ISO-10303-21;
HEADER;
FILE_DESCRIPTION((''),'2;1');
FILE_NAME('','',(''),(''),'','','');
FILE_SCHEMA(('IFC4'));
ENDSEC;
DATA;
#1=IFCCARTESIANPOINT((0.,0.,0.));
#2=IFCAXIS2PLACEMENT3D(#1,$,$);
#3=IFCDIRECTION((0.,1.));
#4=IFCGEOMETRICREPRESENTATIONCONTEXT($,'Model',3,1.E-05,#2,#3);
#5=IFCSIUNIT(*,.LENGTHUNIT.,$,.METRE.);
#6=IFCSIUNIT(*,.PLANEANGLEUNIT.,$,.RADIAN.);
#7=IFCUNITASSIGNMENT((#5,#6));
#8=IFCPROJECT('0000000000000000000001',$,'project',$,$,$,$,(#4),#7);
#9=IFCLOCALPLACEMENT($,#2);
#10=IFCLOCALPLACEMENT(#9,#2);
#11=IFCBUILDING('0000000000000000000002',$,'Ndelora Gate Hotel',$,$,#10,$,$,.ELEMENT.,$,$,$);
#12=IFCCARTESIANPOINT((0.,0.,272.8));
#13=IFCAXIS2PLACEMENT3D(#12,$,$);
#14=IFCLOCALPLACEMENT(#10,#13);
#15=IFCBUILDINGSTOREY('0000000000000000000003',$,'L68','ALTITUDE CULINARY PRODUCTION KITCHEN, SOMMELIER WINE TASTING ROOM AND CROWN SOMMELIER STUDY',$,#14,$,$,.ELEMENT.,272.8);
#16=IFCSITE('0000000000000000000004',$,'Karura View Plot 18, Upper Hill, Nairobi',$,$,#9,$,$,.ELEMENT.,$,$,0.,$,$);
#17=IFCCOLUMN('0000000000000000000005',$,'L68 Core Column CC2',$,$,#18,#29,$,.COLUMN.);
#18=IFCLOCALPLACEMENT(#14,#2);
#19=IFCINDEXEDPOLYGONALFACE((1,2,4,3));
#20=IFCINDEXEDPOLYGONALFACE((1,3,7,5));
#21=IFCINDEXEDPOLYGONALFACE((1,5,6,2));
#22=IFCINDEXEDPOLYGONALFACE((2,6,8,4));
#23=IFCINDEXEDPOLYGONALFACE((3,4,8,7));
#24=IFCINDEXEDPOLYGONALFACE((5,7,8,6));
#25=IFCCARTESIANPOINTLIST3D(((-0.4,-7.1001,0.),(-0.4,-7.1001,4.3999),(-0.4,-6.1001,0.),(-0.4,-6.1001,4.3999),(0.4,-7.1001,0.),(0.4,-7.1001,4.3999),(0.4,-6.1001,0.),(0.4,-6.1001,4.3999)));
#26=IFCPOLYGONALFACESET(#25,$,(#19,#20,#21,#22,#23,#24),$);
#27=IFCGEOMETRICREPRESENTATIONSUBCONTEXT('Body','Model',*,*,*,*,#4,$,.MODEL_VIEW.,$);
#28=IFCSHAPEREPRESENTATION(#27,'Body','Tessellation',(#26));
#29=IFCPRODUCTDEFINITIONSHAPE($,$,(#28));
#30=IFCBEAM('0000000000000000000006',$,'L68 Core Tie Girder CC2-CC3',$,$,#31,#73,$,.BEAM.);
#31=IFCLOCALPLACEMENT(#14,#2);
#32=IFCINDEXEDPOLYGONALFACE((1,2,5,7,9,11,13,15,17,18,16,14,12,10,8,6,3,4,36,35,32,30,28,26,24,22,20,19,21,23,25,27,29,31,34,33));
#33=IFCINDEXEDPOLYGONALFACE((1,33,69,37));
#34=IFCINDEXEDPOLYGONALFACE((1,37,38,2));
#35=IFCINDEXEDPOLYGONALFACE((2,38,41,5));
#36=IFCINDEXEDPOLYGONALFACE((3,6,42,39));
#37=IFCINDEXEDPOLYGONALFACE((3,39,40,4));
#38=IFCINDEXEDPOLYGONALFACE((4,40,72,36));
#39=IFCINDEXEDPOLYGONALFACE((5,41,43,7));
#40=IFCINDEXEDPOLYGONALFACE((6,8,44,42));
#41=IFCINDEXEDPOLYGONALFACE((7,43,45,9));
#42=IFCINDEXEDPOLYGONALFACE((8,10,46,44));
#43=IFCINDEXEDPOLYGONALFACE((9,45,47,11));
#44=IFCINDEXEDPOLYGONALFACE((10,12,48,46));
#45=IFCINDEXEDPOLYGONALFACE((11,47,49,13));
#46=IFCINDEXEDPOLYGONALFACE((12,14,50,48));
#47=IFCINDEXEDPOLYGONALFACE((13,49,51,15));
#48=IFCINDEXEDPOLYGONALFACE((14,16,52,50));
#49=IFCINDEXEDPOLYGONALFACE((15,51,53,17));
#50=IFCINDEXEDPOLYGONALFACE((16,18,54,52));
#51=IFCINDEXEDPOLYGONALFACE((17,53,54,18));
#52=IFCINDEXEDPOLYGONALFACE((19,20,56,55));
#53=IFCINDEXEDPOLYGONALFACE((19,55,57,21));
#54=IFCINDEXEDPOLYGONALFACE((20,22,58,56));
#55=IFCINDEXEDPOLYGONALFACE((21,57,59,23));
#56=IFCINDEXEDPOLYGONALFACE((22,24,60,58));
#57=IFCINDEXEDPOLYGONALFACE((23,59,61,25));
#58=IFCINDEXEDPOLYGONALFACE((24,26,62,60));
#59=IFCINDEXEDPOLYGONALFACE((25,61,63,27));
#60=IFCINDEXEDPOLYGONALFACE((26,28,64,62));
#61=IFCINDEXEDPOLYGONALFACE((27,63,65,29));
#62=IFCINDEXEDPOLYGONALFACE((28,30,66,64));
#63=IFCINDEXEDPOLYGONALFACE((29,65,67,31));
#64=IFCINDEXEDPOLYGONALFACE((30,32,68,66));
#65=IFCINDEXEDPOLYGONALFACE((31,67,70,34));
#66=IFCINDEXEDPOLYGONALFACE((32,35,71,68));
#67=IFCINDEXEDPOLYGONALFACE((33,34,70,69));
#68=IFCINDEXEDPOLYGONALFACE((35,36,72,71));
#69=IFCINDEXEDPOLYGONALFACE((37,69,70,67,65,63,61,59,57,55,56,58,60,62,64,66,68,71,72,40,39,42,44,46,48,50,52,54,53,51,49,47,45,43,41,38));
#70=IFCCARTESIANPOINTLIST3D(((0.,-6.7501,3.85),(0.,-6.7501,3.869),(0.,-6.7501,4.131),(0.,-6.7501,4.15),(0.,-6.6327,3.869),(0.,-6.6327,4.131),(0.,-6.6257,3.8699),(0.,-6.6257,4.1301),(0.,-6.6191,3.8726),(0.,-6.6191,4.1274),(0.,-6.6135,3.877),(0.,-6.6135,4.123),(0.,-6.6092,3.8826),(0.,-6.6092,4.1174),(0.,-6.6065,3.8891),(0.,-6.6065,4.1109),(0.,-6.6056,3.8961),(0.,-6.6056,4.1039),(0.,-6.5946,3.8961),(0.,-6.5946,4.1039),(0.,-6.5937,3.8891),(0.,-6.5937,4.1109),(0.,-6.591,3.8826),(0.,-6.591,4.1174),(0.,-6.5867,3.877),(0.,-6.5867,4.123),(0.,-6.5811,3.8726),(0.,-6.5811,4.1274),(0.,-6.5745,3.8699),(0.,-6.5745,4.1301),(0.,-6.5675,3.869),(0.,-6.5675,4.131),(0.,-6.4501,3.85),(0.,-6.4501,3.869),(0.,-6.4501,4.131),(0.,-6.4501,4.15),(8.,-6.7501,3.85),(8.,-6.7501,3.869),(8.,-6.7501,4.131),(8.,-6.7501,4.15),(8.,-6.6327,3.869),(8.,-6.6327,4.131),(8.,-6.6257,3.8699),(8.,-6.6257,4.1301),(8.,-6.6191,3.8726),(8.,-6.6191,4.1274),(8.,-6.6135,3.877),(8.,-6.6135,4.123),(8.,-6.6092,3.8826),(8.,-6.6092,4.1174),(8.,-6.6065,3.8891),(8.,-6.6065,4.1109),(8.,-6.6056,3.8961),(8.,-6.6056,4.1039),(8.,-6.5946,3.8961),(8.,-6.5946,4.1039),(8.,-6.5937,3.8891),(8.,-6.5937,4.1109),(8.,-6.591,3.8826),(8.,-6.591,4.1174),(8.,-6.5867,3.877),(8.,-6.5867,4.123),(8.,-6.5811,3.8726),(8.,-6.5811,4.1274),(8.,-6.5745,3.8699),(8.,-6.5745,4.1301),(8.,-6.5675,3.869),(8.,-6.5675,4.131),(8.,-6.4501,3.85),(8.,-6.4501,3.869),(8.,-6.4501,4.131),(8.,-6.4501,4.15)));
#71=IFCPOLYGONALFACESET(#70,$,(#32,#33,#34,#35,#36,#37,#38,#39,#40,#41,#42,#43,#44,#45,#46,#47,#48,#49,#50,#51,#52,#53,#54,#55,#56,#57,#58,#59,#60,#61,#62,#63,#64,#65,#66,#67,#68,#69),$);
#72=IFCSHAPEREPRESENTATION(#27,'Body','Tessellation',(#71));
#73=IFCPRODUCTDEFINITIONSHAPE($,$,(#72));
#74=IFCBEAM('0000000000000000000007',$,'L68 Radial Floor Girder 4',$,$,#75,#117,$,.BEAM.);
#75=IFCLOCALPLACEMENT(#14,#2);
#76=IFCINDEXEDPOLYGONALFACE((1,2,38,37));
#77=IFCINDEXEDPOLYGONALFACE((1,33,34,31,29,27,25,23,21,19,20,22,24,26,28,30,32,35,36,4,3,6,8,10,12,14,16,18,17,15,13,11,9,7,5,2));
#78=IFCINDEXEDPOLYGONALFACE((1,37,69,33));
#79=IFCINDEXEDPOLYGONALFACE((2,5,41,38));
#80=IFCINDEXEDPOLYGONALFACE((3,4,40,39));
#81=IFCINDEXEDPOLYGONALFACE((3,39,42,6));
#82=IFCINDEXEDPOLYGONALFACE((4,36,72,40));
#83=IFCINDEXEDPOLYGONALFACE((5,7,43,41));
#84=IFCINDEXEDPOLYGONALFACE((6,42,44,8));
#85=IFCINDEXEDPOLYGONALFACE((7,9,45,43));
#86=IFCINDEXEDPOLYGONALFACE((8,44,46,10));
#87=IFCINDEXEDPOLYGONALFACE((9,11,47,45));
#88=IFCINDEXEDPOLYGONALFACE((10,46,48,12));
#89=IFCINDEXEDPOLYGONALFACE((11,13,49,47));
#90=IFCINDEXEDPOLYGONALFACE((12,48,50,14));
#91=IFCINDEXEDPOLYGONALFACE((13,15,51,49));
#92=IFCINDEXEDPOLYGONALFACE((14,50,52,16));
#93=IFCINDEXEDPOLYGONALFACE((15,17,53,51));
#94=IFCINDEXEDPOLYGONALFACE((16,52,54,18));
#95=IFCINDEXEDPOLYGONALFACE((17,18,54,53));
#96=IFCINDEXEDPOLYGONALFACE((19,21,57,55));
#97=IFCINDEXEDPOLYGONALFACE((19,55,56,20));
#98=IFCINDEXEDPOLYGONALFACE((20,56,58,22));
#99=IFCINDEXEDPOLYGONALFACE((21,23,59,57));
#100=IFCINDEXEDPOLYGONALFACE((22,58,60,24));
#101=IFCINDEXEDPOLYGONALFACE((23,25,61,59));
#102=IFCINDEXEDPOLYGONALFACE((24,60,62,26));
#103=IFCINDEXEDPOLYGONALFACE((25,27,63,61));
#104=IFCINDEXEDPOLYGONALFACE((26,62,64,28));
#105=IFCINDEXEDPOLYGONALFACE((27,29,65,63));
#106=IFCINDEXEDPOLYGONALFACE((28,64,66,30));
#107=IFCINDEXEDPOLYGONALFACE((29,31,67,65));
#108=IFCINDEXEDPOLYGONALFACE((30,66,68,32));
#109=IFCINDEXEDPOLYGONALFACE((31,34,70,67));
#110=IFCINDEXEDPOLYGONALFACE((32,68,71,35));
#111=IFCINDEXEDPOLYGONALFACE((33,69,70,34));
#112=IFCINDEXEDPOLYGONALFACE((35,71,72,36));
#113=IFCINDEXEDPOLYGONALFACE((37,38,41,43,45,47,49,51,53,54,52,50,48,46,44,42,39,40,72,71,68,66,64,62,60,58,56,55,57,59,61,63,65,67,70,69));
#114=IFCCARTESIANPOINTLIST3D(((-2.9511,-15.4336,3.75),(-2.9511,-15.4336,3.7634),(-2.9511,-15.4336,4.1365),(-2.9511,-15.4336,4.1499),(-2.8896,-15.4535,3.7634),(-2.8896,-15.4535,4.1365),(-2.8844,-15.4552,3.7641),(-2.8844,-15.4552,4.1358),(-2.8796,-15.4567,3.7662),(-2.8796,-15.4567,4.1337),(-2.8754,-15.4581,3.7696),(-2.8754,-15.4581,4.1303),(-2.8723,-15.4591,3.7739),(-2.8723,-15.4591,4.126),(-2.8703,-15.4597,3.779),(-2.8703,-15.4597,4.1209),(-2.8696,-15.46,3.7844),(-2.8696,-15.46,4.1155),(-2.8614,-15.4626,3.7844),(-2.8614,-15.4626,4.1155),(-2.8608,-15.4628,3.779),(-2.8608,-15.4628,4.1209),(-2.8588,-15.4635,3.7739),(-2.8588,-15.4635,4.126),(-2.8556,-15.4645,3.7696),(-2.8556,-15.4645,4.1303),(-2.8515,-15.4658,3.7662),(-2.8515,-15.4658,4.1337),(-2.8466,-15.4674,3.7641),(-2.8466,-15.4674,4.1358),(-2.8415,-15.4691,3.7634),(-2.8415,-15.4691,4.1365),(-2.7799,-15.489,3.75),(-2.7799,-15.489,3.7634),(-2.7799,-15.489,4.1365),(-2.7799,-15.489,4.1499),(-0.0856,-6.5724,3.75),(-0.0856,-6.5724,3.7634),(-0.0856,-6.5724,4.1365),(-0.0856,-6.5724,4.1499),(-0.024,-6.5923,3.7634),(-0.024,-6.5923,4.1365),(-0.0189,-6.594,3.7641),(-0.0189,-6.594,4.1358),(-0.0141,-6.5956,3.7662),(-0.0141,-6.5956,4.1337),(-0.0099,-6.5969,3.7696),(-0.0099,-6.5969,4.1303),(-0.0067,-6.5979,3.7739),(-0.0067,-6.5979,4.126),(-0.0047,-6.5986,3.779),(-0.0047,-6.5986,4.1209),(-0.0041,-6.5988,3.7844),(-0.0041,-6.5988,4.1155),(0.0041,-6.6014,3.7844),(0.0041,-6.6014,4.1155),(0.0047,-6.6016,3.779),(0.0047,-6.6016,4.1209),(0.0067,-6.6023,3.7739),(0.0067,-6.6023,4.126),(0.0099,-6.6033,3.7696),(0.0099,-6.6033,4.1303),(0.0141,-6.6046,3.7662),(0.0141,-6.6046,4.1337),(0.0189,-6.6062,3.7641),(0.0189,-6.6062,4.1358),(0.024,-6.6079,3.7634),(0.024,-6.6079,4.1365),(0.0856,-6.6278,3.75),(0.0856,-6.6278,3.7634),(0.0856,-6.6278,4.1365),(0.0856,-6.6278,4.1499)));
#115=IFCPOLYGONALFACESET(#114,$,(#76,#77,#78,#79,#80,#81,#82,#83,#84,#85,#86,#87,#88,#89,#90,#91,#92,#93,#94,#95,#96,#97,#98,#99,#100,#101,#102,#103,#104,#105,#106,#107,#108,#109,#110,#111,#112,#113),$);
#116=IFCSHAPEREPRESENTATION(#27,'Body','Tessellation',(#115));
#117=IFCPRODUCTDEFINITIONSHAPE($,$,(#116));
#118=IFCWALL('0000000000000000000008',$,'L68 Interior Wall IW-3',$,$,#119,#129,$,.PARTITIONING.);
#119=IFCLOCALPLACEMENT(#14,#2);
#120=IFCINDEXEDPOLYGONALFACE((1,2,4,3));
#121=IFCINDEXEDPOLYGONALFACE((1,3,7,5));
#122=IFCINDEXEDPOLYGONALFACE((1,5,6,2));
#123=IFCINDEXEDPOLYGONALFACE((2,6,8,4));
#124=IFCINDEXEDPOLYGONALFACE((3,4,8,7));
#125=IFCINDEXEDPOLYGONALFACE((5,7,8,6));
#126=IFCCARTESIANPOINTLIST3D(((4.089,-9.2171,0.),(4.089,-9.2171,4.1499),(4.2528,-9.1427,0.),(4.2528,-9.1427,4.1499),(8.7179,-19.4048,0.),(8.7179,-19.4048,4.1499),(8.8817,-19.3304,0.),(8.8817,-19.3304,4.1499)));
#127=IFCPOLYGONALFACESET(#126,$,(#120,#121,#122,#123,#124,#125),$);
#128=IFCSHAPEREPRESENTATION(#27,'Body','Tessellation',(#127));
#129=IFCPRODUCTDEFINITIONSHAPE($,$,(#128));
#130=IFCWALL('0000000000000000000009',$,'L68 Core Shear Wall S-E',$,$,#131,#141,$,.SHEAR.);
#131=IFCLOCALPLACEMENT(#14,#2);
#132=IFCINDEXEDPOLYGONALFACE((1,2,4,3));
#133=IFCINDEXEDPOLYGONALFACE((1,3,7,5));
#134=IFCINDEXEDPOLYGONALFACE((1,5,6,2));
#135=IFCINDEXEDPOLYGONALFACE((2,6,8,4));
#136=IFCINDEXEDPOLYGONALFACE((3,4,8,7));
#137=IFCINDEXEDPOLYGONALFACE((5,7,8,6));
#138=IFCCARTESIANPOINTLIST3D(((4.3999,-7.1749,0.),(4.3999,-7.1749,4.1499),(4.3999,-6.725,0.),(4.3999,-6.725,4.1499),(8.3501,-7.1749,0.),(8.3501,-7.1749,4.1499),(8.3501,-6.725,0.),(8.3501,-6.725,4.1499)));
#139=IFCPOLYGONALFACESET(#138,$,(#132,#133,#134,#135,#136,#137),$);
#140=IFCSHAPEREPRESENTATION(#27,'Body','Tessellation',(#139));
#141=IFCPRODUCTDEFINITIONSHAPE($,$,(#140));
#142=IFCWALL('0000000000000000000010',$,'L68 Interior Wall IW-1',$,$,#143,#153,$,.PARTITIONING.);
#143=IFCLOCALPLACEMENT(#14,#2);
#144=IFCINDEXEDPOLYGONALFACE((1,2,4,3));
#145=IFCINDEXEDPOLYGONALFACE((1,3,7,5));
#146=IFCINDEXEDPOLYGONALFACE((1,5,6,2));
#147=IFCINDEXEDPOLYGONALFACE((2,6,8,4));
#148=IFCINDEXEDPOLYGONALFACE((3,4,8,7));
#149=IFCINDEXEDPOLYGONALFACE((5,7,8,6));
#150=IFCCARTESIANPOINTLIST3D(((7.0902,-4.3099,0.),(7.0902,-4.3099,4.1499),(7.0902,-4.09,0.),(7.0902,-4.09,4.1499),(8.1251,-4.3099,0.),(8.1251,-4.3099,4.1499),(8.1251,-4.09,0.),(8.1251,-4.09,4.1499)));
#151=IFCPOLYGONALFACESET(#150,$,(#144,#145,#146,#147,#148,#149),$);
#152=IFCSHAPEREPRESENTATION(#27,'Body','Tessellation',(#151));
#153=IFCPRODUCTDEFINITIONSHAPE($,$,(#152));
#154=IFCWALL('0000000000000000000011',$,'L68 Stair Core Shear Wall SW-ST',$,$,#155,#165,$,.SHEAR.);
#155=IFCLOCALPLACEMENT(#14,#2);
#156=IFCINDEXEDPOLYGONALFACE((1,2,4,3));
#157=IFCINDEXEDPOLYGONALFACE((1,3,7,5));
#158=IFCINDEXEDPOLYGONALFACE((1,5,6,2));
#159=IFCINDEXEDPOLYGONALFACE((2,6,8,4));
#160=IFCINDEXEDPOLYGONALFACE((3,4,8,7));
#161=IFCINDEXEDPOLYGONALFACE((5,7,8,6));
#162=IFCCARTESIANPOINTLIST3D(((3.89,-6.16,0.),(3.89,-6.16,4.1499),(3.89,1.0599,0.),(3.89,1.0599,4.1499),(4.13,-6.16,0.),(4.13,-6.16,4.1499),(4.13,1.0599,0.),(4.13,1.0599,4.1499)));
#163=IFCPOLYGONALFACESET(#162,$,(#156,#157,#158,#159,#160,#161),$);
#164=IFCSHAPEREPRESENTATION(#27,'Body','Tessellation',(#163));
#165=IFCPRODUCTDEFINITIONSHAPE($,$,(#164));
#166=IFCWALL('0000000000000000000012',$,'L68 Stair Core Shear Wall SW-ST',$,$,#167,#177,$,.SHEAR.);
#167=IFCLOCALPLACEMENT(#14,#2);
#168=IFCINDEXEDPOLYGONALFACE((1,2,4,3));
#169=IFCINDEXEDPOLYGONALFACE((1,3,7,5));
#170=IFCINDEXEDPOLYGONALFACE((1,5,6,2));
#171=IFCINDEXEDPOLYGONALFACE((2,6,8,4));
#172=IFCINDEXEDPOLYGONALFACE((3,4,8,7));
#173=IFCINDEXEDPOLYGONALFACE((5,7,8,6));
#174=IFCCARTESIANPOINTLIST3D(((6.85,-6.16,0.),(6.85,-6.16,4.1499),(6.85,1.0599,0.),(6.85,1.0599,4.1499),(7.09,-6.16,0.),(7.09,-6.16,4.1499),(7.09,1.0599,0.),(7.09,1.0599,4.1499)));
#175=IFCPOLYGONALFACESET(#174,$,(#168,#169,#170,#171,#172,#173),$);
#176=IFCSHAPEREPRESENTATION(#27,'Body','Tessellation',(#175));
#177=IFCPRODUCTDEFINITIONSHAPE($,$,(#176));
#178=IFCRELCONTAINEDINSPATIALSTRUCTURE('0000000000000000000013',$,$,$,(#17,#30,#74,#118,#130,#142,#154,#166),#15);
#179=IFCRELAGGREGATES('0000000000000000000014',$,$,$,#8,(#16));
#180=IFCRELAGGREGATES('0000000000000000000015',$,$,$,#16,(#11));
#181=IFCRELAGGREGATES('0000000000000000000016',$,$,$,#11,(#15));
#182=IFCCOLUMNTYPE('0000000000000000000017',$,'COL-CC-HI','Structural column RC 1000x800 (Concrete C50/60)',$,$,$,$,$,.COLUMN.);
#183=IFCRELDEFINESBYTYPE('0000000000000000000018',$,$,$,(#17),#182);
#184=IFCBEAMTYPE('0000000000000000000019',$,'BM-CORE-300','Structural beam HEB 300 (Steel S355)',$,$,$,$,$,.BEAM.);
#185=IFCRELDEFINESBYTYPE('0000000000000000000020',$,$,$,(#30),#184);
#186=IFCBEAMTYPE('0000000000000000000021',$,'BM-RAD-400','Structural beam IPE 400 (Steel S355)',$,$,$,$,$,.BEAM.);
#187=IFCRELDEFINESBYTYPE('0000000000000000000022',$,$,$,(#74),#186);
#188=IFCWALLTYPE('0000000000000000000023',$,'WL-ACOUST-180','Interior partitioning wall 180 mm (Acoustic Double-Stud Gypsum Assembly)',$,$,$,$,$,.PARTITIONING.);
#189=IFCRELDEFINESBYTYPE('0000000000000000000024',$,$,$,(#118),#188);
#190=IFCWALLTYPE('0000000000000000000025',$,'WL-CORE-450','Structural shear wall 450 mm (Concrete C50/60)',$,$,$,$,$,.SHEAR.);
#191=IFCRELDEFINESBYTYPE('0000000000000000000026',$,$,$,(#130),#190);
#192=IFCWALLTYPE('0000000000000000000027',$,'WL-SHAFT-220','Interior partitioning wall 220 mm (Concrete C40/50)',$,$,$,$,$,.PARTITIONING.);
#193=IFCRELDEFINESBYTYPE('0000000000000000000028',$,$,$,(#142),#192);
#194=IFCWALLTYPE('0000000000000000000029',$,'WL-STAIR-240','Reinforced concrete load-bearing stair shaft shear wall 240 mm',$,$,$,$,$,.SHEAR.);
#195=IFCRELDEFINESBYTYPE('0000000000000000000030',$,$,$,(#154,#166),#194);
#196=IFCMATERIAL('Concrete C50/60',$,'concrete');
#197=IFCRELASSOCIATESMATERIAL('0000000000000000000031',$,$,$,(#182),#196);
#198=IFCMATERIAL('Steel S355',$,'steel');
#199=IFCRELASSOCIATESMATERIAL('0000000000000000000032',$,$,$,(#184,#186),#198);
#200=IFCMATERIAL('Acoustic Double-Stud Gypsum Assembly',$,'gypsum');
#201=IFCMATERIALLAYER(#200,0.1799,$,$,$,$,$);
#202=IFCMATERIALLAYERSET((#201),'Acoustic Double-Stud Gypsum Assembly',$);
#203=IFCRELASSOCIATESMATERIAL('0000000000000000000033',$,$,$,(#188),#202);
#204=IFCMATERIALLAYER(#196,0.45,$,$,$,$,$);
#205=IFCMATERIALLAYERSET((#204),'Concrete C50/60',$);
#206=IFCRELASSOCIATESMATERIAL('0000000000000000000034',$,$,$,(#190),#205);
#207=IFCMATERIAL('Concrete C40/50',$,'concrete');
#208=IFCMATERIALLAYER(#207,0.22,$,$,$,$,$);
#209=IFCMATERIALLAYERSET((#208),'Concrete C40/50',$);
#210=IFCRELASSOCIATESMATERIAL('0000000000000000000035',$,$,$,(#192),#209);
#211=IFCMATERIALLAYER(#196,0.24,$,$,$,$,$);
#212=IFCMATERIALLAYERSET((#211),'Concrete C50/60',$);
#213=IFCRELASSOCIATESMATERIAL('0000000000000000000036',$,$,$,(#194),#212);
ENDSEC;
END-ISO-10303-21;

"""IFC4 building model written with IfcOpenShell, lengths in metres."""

from ifc_helpers import new_model, si_unit, direction, frame, frame_2d, origin, origin_2d, place, context, subcontext, project, spatial, rectangle, i_section, extrude, material, layer, layer_set, material_profile, profile_set, type_object, element, save


model = new_model("IFC4")

# Units and contexts
model_context = context("Model", 3, precision=1e-05, world=origin(), true_north=direction((0.0, 1.0)))
body_context = subcontext(model_context, "Body", "Model", "MODEL_VIEW")
ifc_project = project(units=[si_unit("LENGTHUNIT", "METRE"), si_unit("PLANEANGLEUNIT", "RADIAN")], contexts=[model_context])

# Site, building, storey
site_placement = place(None, origin())
site = spatial("IfcSite", under=ifc_project, at=site_placement, Name="Karura View Plot 18, Upper Hill, Nairobi", CompositionType="ELEMENT", RefElevation=0.0)
building_placement = place(site_placement, origin())
building = spatial("IfcBuilding", under=site, at=building_placement, Name="Ndelora Gate Hotel", CompositionType="ELEMENT")
storey_placement = place(building_placement, frame((0.0, 0.0, 272.8)))
storey = spatial("IfcBuildingStorey", under=building, at=storey_placement, Name="L68", Description="ALTITUDE CULINARY PRODUCTION KITCHEN, SOMMELIER WINE TASTING ROOM AND CROWN SOMMELIER STUDY", CompositionType="ELEMENT", Elevation=272.8)

# Column
ifc_material_1 = material(Name="Concrete C50/60", Category="concrete")
ifc_material_profile_1 = material_profile(ifc_material_1, rectangle(XDim=0.8, YDim=1.0, at=origin_2d()), Name="RC 1000x800")
ifc_profile_set_1 = profile_set([ifc_material_profile_1], Name="Concrete C50/60")
column_type = type_object("IfcColumnType", Name="COL-CC-HI", Description="Structural column RC 1000x800 (Concrete C50/60)", PredefinedType="COLUMN", material=ifc_profile_set_1)
column_placement = place(storey_placement, frame((0.0, -6.6001, 0.0), z_axis=(0.0, 0.0, 1.0), x_axis=(1.0, 0.0, 0.0)))
element("IfcColumn", 1, at=column_placement, inside=storey, type_object=column_type, Name="L68 Core Column CC2", PredefinedType="COLUMN", context=body_context, shape_type="SweptSolid", body=[
    extrude(rectangle(XDim=0.8, YDim=1.0, at=origin_2d()), origin(), (0.0, 0.0, 1.0), 4.3999),
])

# Beams
ifc_material_2 = material(Name="Steel S355", Category="steel")
ifc_material_profile_2 = material_profile(ifc_material_2, i_section(OverallWidth=0.3, OverallDepth=0.3, WebThickness=0.011, FlangeThickness=0.019, FilletRadius=0.0271, at=origin_2d()), Name="HEB 300")
ifc_profile_set_2 = profile_set([ifc_material_profile_2], Name="Steel S355")
beam_type_1 = type_object("IfcBeamType", Name="BM-CORE-300", Description="Structural beam HEB 300 (Steel S355)", PredefinedType="BEAM", material=ifc_profile_set_2)
beam_1_placement = place(storey_placement, frame((0.0, -6.6001, 4.0), z_axis=(1.0, 0.0, 0.0), x_axis=(0.0, 1.0, 0.0)))
element("IfcBeam", 2, at=beam_1_placement, inside=storey, type_object=beam_type_1, Name="L68 Core Tie Girder CC2-CC3", PredefinedType="BEAM", context=body_context, shape_type="SweptSolid", body=[
    extrude(i_section(OverallWidth=0.3, OverallDepth=0.3, WebThickness=0.011, FlangeThickness=0.019, FilletRadius=0.0271, at=origin_2d()), origin(), (0.0, 0.0, 1.0), 8.0),
])
ifc_material_profile_3 = material_profile(ifc_material_2, i_section(OverallWidth=0.1799, OverallDepth=0.3999, WebThickness=0.0085, FlangeThickness=0.0134, FilletRadius=0.021, at=origin_2d()), Name="IPE 400")
ifc_profile_set_3 = profile_set([ifc_material_profile_3], Name="Steel S355")
beam_type_2 = type_object("IfcBeamType", Name="BM-RAD-400", Description="Structural beam IPE 400 (Steel S355)", PredefinedType="BEAM", material=ifc_profile_set_3)
beam_2_placement = place(storey_placement, frame((0.0, -6.6001, 3.95), z_axis=(-0.30769, -0.951487, 0.0), x_axis=(0.951487, -0.30769, 0.0)))
element("IfcBeam", 3, at=beam_2_placement, inside=storey, type_object=beam_type_2, Name="L68 Radial Floor Girder 4", PredefinedType="BEAM", context=body_context, shape_type="SweptSolid", body=[
    extrude(i_section(OverallWidth=0.1799, OverallDepth=0.3999, WebThickness=0.0085, FlangeThickness=0.0134, FilletRadius=0.021, at=origin_2d()), origin(), (0.0, 0.0, 1.0), 9.313),
])

# Walls
ifc_material_3 = material(Name="Acoustic Double-Stud Gypsum Assembly", Category="gypsum")
ifc_layer_1 = layer(ifc_material_3, 0.1799)
ifc_layer_set_1 = layer_set([ifc_layer_1], Name="Acoustic Double-Stud Gypsum Assembly")
wall_type_1 = type_object("IfcWallType", Name="WL-ACOUST-180", Description="Interior partitioning wall 180 mm (Acoustic Double-Stud Gypsum Assembly)", PredefinedType="PARTITIONING", material=ifc_layer_set_1)
wall_1_placement = place(storey_placement, frame((4.1709, -9.1799, 0.0), z_axis=(0.0, 0.0, 1.0), x_axis=(0.413663, -0.91043, 0.0)))
element("IfcWall", 4, at=wall_1_placement, inside=storey, type_object=wall_type_1, Name="L68 Interior Wall IW-3", PredefinedType="PARTITIONING", context=body_context, shape_type="SweptSolid", body=[
    extrude(rectangle(XDim=11.1899, YDim=0.1799, at=frame_2d((5.595, 0.0))), origin(), (0.0, 0.0, 1.0), 4.1499),
])
ifc_layer_2 = layer(ifc_material_1, 0.45)
ifc_layer_set_2 = layer_set([ifc_layer_2], Name="Concrete C50/60")
wall_type_2 = type_object("IfcWallType", Name="WL-CORE-450", Description="Structural shear wall 450 mm (Concrete C50/60)", PredefinedType="SHEAR", material=ifc_layer_set_2)
wall_2_placement = place(storey_placement, frame((4.3999, -6.95, 0.0), z_axis=(0.0, 0.0, 1.0), x_axis=(1.0, 0.0, 0.0)))
element("IfcWall", 5, at=wall_2_placement, inside=storey, type_object=wall_type_2, Name="L68 Core Shear Wall S-E", PredefinedType="SHEAR", context=body_context, shape_type="SweptSolid", body=[
    extrude(rectangle(XDim=3.9502, YDim=0.45, at=frame_2d((1.9751, 0.0))), origin(), (0.0, 0.0, 1.0), 4.1499),
])
ifc_material_4 = material(Name="Concrete C40/50", Category="concrete")
ifc_layer_3 = layer(ifc_material_4, 0.22)
ifc_layer_set_3 = layer_set([ifc_layer_3], Name="Concrete C40/50")
wall_type_3 = type_object("IfcWallType", Name="WL-SHAFT-220", Description="Interior partitioning wall 220 mm (Concrete C40/50)", PredefinedType="PARTITIONING", material=ifc_layer_set_3)
wall_3_placement = place(storey_placement, frame((7.0901, -4.2, 0.0), z_axis=(0.0, 0.0, 1.0), x_axis=(1.0, 0.0, 0.0)))
element("IfcWall", 6, at=wall_3_placement, inside=storey, type_object=wall_type_3, Name="L68 Interior Wall IW-1", PredefinedType="PARTITIONING", context=body_context, shape_type="SweptSolid", body=[
    extrude(rectangle(XDim=1.0349, YDim=0.22, at=frame_2d((0.5176, 0.0))), origin(), (0.0, 0.0, 1.0), 4.1499),
])
ifc_layer_4 = layer(ifc_material_1, 0.24)
ifc_layer_set_4 = layer_set([ifc_layer_4], Name="Concrete C50/60")
wall_type_4 = type_object("IfcWallType", Name="WL-STAIR-240", Description="Reinforced concrete load-bearing stair shaft shear wall 240 mm", PredefinedType="SHEAR", material=ifc_layer_set_4)
for number, where, z_axis, x_axis, name in (
    (7, (4.01, -6.1599, 0.0), (0.0, 0.0, 1.0), (0.0, 1.0, 0.0), "L68 Stair Core Shear Wall SW-ST"),
    (8, (6.97, -6.1599, 0.0), (0.0, 0.0, 1.0), (0.0, 1.0, 0.0), "L68 Stair Core Shear Wall SW-ST"),
):
    element("IfcWall", number, at=place(storey_placement, frame(where, z_axis=z_axis, x_axis=x_axis)), inside=storey, type_object=wall_type_4, Name=name, PredefinedType="SHEAR", context=body_context, shape_type="SweptSolid", body=[
        extrude(rectangle(XDim=7.22, YDim=0.24, at=frame_2d((3.6099, 0.0))), origin(), (0.0, 0.0, 1.0), 4.1499),
    ])

save(model, "model.ifc")
